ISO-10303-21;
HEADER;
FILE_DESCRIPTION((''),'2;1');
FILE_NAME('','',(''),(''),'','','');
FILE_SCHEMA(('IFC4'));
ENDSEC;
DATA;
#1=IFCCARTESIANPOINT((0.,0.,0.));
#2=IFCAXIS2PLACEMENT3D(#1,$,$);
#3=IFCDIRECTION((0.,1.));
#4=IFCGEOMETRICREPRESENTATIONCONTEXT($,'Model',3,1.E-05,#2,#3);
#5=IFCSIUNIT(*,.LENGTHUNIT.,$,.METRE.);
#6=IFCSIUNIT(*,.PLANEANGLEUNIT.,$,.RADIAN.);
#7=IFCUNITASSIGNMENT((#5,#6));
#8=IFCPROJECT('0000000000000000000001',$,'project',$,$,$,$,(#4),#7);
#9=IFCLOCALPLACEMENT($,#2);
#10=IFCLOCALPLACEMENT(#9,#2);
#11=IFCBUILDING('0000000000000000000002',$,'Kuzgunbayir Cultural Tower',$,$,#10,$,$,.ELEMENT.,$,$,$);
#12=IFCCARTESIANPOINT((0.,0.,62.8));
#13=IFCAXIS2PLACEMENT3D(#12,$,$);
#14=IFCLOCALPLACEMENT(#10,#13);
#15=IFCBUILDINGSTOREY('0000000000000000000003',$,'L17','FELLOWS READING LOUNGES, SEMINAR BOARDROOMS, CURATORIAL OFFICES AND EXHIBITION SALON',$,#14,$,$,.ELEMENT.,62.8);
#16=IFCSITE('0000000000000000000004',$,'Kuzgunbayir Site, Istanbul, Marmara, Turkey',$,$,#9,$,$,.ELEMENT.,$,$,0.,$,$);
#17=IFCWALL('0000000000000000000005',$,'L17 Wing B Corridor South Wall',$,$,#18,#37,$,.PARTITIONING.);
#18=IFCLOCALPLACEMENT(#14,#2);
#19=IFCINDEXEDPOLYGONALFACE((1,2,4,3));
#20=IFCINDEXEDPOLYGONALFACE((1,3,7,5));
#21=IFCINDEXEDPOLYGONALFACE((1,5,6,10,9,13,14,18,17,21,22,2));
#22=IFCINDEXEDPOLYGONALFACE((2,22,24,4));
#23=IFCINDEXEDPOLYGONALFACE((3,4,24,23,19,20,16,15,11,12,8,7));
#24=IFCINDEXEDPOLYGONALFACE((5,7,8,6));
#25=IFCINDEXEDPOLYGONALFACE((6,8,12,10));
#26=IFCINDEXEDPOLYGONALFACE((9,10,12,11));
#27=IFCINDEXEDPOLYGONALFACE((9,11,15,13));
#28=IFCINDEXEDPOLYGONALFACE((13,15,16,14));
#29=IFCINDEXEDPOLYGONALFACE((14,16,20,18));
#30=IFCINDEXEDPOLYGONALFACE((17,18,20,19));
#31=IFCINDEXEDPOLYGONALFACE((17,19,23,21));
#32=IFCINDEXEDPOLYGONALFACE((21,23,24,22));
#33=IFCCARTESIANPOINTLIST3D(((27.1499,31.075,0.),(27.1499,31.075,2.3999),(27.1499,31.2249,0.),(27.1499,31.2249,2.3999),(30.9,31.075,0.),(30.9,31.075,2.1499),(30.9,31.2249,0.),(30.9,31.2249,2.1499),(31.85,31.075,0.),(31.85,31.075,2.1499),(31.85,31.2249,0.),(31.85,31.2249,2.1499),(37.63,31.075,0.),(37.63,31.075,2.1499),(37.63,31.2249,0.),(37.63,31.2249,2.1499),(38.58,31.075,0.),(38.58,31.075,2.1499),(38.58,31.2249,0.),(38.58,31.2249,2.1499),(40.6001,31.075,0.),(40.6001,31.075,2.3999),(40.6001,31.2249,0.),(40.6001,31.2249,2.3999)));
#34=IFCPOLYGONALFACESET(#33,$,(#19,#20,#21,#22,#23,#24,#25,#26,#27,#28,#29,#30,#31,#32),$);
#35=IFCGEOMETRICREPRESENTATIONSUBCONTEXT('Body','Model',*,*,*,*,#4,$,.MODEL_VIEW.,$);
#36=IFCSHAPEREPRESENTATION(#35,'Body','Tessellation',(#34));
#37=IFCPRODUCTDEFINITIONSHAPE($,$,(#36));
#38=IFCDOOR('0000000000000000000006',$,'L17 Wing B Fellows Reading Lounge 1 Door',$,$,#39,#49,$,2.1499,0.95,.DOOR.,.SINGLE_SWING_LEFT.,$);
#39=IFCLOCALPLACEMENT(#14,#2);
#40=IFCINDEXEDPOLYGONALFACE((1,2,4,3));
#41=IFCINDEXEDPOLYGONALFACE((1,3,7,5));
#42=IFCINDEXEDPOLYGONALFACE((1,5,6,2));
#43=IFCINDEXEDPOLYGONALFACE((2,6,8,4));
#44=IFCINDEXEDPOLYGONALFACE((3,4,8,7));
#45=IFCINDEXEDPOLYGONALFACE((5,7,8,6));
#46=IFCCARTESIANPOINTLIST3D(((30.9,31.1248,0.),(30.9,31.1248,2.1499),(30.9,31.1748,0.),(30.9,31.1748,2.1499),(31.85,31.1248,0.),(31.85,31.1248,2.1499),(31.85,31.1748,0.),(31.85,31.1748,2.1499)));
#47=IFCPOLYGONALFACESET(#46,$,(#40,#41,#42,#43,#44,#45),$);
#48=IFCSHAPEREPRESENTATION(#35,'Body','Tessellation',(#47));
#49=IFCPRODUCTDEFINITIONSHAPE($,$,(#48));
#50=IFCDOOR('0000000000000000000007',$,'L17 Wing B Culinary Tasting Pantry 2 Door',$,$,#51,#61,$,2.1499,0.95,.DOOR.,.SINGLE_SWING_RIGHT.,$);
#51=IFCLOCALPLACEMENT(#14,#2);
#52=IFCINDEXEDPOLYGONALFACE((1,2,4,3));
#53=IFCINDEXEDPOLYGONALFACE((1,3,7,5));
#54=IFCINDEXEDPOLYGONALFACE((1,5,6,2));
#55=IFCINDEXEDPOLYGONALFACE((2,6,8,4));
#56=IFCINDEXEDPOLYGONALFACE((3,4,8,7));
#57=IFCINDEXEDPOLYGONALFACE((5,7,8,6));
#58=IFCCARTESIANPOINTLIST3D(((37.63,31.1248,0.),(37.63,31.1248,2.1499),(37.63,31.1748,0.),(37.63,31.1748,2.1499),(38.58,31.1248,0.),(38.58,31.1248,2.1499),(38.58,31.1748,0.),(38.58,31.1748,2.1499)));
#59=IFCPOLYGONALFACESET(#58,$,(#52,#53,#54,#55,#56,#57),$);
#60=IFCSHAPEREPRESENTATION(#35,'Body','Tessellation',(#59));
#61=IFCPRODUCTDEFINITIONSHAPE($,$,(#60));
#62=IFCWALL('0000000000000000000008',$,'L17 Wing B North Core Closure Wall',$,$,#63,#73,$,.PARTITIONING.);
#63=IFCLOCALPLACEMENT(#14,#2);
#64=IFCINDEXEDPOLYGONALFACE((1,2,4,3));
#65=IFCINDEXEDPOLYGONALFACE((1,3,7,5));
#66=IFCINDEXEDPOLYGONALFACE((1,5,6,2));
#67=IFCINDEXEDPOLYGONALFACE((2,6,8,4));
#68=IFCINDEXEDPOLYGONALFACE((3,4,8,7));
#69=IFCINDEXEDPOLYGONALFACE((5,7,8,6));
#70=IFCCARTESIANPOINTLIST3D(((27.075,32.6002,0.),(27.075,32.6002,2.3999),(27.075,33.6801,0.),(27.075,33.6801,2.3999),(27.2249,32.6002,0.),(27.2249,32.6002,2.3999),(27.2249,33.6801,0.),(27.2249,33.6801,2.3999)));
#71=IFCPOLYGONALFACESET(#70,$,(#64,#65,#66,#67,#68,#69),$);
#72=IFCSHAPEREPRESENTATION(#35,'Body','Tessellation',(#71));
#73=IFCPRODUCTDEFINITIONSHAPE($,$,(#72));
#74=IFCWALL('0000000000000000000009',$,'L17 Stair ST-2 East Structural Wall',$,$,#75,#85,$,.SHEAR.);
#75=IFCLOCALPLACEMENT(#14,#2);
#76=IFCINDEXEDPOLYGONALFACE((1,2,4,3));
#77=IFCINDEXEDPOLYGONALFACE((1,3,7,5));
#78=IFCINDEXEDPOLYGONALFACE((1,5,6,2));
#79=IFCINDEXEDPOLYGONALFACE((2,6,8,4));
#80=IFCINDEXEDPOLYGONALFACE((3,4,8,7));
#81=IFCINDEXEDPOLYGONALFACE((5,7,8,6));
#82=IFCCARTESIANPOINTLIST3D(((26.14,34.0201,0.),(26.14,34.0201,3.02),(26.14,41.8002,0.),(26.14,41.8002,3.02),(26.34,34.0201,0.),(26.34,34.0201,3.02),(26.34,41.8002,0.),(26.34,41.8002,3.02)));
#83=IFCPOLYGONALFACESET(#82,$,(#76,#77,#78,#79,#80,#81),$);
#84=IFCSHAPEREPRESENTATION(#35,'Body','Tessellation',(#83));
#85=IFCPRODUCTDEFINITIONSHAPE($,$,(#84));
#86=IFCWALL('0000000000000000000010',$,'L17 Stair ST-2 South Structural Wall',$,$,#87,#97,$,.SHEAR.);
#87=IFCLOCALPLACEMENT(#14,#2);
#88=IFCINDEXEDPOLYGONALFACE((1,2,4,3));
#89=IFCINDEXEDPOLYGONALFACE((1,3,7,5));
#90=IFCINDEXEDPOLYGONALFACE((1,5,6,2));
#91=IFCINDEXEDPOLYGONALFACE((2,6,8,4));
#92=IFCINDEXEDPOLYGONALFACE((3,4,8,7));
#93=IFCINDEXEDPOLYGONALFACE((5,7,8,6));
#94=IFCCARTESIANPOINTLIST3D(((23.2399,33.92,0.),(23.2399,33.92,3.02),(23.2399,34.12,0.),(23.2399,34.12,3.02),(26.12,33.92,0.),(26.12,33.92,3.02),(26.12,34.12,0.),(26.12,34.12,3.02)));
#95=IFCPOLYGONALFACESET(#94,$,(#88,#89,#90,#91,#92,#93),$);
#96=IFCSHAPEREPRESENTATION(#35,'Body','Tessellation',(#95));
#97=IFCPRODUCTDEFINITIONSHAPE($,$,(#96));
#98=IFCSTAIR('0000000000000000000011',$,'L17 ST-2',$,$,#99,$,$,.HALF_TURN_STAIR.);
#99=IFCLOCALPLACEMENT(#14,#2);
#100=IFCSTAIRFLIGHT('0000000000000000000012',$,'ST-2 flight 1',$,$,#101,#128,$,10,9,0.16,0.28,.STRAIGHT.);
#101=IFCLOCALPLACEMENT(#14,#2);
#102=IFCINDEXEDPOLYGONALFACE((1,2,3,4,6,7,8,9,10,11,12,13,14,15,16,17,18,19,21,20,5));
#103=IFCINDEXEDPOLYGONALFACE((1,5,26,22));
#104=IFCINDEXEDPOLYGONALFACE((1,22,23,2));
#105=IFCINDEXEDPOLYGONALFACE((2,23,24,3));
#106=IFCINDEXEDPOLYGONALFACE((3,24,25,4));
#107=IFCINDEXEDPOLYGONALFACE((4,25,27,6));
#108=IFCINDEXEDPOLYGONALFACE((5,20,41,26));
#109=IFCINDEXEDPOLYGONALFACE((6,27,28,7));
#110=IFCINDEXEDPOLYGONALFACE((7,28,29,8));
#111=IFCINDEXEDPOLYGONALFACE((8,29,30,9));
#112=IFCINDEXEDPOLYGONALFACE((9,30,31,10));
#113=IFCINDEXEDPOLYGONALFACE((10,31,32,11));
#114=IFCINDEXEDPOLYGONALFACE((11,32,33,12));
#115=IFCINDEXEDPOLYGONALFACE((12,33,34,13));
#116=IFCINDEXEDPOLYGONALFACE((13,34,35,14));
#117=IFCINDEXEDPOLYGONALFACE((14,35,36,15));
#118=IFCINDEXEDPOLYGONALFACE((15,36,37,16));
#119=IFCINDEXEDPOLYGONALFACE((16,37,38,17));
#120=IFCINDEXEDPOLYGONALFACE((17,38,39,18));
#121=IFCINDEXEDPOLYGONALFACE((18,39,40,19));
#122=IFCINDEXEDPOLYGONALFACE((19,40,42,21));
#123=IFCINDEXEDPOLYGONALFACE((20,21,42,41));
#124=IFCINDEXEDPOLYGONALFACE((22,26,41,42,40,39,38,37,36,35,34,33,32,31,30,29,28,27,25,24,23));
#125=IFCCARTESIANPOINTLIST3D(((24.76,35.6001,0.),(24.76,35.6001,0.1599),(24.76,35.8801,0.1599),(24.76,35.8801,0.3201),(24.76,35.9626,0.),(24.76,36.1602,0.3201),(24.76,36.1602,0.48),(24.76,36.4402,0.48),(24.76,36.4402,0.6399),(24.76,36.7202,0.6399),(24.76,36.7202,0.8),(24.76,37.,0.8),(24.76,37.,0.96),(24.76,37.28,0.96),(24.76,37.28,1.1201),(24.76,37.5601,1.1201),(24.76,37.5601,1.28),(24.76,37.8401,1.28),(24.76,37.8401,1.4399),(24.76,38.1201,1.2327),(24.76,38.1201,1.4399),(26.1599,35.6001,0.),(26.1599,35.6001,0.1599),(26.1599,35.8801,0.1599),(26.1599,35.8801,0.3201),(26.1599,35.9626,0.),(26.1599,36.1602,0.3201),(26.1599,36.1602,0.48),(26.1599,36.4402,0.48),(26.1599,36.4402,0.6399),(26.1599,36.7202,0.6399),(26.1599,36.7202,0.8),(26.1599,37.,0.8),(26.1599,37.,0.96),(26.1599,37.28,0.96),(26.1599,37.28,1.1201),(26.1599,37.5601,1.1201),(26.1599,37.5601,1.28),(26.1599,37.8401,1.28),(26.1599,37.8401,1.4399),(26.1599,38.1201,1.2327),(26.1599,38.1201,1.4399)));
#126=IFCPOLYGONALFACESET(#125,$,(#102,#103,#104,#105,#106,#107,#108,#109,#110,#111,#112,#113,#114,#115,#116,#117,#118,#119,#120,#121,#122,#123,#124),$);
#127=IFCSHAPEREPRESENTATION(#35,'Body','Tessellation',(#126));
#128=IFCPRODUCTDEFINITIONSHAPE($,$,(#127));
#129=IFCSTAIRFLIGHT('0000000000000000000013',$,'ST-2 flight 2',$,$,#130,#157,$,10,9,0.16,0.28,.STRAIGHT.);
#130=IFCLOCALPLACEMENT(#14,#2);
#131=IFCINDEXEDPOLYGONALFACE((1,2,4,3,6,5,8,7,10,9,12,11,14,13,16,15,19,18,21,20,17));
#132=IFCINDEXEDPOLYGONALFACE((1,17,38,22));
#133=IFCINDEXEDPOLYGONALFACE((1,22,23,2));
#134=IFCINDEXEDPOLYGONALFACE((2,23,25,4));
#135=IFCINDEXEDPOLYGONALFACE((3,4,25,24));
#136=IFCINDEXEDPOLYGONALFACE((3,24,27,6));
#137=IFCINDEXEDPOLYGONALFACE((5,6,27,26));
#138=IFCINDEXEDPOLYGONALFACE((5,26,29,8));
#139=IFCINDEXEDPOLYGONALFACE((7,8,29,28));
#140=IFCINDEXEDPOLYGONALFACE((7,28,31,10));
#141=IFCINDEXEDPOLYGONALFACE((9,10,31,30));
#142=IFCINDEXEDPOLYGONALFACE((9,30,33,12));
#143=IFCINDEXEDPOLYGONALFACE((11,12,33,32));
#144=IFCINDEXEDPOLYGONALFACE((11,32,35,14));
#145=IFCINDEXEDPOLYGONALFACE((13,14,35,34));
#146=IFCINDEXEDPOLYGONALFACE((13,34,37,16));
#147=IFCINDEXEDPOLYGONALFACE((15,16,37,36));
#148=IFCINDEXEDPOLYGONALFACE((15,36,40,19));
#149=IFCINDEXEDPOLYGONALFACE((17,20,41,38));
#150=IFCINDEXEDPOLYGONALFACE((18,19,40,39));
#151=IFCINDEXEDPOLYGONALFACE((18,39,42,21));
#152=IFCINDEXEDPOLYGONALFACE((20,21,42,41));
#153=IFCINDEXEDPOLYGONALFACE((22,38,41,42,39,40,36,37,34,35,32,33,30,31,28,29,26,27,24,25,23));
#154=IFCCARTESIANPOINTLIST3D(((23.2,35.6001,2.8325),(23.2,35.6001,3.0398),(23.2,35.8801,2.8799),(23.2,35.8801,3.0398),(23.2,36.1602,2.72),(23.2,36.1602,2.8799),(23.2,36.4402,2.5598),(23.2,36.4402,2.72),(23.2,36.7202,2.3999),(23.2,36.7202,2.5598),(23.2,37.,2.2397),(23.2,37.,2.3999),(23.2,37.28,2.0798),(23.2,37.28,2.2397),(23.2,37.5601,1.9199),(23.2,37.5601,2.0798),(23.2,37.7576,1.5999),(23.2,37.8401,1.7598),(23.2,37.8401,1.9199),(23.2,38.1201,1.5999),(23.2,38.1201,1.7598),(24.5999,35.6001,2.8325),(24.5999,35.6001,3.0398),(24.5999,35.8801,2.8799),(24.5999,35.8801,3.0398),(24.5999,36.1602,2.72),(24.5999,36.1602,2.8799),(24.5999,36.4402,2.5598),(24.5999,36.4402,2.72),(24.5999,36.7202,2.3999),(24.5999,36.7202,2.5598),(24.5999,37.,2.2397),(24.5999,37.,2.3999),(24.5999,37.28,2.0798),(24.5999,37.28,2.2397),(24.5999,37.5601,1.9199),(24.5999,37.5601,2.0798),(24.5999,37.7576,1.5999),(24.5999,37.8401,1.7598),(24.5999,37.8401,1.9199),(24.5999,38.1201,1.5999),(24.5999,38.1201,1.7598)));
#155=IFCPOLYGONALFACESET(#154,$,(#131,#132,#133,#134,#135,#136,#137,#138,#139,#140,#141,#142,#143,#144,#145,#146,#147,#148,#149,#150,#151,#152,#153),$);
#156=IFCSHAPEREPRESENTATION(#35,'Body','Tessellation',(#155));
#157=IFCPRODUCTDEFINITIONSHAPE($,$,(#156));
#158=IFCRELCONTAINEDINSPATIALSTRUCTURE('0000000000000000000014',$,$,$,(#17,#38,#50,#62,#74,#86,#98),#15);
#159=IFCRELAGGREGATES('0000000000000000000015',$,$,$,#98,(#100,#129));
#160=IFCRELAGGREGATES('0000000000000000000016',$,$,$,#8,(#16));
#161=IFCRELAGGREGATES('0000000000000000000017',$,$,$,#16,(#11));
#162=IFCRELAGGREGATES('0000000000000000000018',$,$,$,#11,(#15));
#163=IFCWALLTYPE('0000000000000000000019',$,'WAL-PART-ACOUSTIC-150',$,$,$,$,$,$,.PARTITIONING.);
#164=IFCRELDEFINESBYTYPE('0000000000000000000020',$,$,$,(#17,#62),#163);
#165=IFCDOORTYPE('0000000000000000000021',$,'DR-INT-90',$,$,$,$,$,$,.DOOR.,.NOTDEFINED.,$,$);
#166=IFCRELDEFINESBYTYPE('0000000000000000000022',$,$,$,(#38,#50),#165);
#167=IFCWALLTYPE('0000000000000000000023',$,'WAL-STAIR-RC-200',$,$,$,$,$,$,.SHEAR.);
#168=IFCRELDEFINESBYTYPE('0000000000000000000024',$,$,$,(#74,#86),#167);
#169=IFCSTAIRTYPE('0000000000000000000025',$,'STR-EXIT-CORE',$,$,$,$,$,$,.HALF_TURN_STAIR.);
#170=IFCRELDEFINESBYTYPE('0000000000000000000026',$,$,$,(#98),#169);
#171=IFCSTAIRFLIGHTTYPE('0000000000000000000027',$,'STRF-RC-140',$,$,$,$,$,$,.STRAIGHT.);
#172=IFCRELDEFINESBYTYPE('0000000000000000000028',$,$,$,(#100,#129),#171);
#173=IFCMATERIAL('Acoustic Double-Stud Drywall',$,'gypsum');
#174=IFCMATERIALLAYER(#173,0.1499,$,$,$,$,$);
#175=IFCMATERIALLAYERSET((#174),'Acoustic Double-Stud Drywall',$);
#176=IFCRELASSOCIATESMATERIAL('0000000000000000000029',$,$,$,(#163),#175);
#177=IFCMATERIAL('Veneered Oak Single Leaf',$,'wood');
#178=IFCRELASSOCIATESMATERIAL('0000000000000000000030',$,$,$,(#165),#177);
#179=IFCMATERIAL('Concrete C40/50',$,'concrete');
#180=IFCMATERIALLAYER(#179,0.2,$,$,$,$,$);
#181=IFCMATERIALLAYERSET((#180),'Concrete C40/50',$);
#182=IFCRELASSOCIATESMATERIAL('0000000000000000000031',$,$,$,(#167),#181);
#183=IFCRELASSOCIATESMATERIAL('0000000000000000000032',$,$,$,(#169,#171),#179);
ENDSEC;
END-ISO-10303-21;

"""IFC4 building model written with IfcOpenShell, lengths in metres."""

from ifc_helpers import new_model, si_unit, direction, frame, frame_2d, origin, place, context, subcontext, project, spatial, polyline, rectangle, outline, extrude, material, layer, layer_set, type_object, element, fill, aggregate, save


model = new_model("IFC4")

# Units and contexts
model_context = context("Model", 3, precision=1e-05, world=origin(), true_north=direction((0.0, 1.0)))
body_context = subcontext(model_context, "Body", "Model", "MODEL_VIEW")
ifc_project = project(units=[si_unit("LENGTHUNIT", "METRE"), si_unit("PLANEANGLEUNIT", "RADIAN")], contexts=[model_context])

# Site, building, storey
site_placement = place(None, origin())
site = spatial("IfcSite", under=ifc_project, at=site_placement, Name="Kuzgunbayir Site, Istanbul, Marmara, Turkey", CompositionType="ELEMENT", RefElevation=0.0)
building_placement = place(site_placement, origin())
building = spatial("IfcBuilding", under=site, at=building_placement, Name="Kuzgunbayir Cultural Tower", CompositionType="ELEMENT")
storey_placement = place(building_placement, frame((0.0, 0.0, 62.8)))
storey = spatial("IfcBuildingStorey", under=building, at=storey_placement, Name="L17", Description="FELLOWS READING LOUNGES, SEMINAR BOARDROOMS, CURATORIAL OFFICES AND EXHIBITION SALON", CompositionType="ELEMENT", Elevation=62.8)

# Wall, openings, doors
ifc_material_1 = material(Name="Acoustic Double-Stud Drywall", Category="gypsum")
ifc_layer_1 = layer(ifc_material_1, 0.1499)
ifc_layer_set_1 = layer_set([ifc_layer_1], Name="Acoustic Double-Stud Drywall")
wall_type_1 = type_object("IfcWallType", Name="WAL-PART-ACOUSTIC-150", PredefinedType="PARTITIONING", material=ifc_layer_set_1)
wall_1_placement = place(storey_placement, frame((27.1499, 31.1499, 0.0), z_axis=(0.0, 0.0, 1.0), x_axis=(1.0, 0.0, 0.0)))
wall_1 = element("IfcWall", 1, at=wall_1_placement, inside=storey, type_object=wall_type_1, Name="L17 Wing B Corridor South Wall", PredefinedType="PARTITIONING", context=body_context, shape_type="SweptSolid", body=[
    extrude(rectangle(XDim=13.4502, YDim=0.1499, at=frame_2d((6.7251, 0.0))), origin(), (0.0, 0.0, 1.0), 2.3999),
])
opening_1_placement = place(wall_1_placement, frame((3.75, 0.0, 0.0)))
opening_1 = element("IfcOpeningElement", 2, at=opening_1_placement, cuts=wall_1, PredefinedType="OPENING", context=body_context, shape_type="SweptSolid", body=[
    extrude(rectangle(XDim=0.95, YDim=2.1499, at=frame_2d((0.4751, 1.075))), frame((0.0, 0.085, 0.0), z_axis=(0.0, -1.0, 0.0), x_axis=(1.0, 0.0, 0.0)), (0.0, 0.0, 1.0), 0.1699),
])
opening_2_placement = place(wall_1_placement, frame((10.48, 0.0, 0.0)))
opening_2 = element("IfcOpeningElement", 3, at=opening_2_placement, cuts=wall_1, PredefinedType="OPENING", context=body_context, shape_type="SweptSolid", body=[
    extrude(rectangle(XDim=0.95, YDim=2.1499, at=frame_2d((0.4751, 1.075))), frame((0.0, 0.085, 0.0), z_axis=(0.0, -1.0, 0.0), x_axis=(1.0, 0.0, 0.0)), (0.0, 0.0, 1.0), 0.1699),
])
ifc_material_2 = material(Name="Veneered Oak Single Leaf", Category="wood")
door_type = type_object("IfcDoorType", Name="DR-INT-90", OperationType="NOTDEFINED", PredefinedType="DOOR", material=ifc_material_2)
door_1_placement = place(opening_1_placement, origin())
door_1 = element("IfcDoor", 4, at=door_1_placement, inside=storey, type_object=door_type, Name="L17 Wing B Fellows Reading Lounge 1 Door", OperationType="SINGLE_SWING_LEFT", OverallHeight=2.1499, OverallWidth=0.95, PredefinedType="DOOR", context=body_context, shape_type="SweptSolid", body=[
    extrude(rectangle(XDim=0.95, YDim=2.1499, at=frame_2d((0.4751, 1.075))), frame((0.0, 0.0249, 0.0), z_axis=(0.0, -1.0, 0.0), x_axis=(1.0, 0.0, 0.0)), (0.0, 0.0, 1.0), 0.05),
])
fill(opening_1, door_1)
door_2_placement = place(opening_2_placement, origin())
door_2 = element("IfcDoor", 5, at=door_2_placement, inside=storey, type_object=door_type, Name="L17 Wing B Culinary Tasting Pantry 2 Door", OperationType="SINGLE_SWING_RIGHT", OverallHeight=2.1499, OverallWidth=0.95, PredefinedType="DOOR", context=body_context, shape_type="SweptSolid", body=[
    extrude(rectangle(XDim=0.95, YDim=2.1499, at=frame_2d((0.4751, 1.075))), frame((0.0, 0.0249, 0.0), z_axis=(0.0, -1.0, 0.0), x_axis=(1.0, 0.0, 0.0)), (0.0, 0.0, 1.0), 0.05),
])
fill(opening_2, door_2)

# Walls
wall_2_placement = place(storey_placement, frame((27.1499, 32.6001, 0.0), z_axis=(0.0, 0.0, 1.0), x_axis=(0.0, 1.0, 0.0)))
element("IfcWall", 6, at=wall_2_placement, inside=storey, type_object=wall_type_1, Name="L17 Wing B North Core Closure Wall", PredefinedType="PARTITIONING", context=body_context, shape_type="SweptSolid", body=[
    extrude(rectangle(XDim=1.0798, YDim=0.1499, at=frame_2d((0.54, 0.0))), origin(), (0.0, 0.0, 1.0), 2.3999),
])
ifc_material_3 = material(Name="Concrete C40/50", Category="concrete")
ifc_layer_2 = layer(ifc_material_3, 0.2)
ifc_layer_set_2 = layer_set([ifc_layer_2], Name="Concrete C40/50")
wall_type_2 = type_object("IfcWallType", Name="WAL-STAIR-RC-200", PredefinedType="SHEAR", material=ifc_layer_set_2)
wall_3_placement = place(storey_placement, frame((26.24, 34.02, 0.0), z_axis=(0.0, 0.0, 1.0), x_axis=(0.0, 1.0, 0.0)))
element("IfcWall", 7, at=wall_3_placement, inside=storey, type_object=wall_type_2, Name="L17 Stair ST-2 East Structural Wall", PredefinedType="SHEAR", context=body_context, shape_type="SweptSolid", body=[
    extrude(rectangle(XDim=7.78, YDim=0.2, at=frame_2d((3.8901, 0.0))), origin(), (0.0, 0.0, 1.0), 3.02),
])
wall_4_placement = place(storey_placement, frame((23.24, 34.02, 0.0), z_axis=(0.0, 0.0, 1.0), x_axis=(1.0, 0.0, 0.0)))
element("IfcWall", 8, at=wall_4_placement, inside=storey, type_object=wall_type_2, Name="L17 Stair ST-2 South Structural Wall", PredefinedType="SHEAR", context=body_context, shape_type="SweptSolid", body=[
    extrude(rectangle(XDim=2.8801, YDim=0.2, at=frame_2d((1.4399, 0.0))), origin(), (0.0, 0.0, 1.0), 3.02),
])

# Stair, stair flights
stair_type = type_object("IfcStairType", Name="STR-EXIT-CORE", PredefinedType="HALF_TURN_STAIR", material=ifc_material_3)
stair_placement = place(storey_placement, origin())
stair = element("IfcStair", 9, at=stair_placement, inside=storey, type_object=stair_type, Name="L17 ST-2", PredefinedType="HALF_TURN_STAIR")
stair_flight_type = type_object("IfcStairFlightType", Name="STRF-RC-140", PredefinedType="STRAIGHT", material=ifc_material_3)
stair_flight_1_placement = place(storey_placement, frame((25.46, 35.6001, 0.0), z_axis=(0.0, 0.0, 1.0), x_axis=(0.0, 1.0, 0.0)))
stair_flight_1 = element("IfcStairFlight", 10, at=stair_flight_1_placement, type_object=stair_flight_type, Name="ST-2 flight 1", NumberOfRisers=10, NumberOfTreads=9, PredefinedType="STRAIGHT", RiserHeight=0.16, TreadLength=0.28, context=body_context, shape_type="SweptSolid", body=[
    extrude(outline(polyline([(0.0, 0.0), (0.0, 0.1599), (0.28, 0.1599), (0.28, 0.3201), (0.5601, 0.3201), (0.5601, 0.48), (0.8401, 0.48), (0.8401, 0.6399), (1.1201, 0.6399), (1.1201, 0.8), (1.3999, 0.8), (1.3999, 0.96), (1.6799, 0.96), (1.6799, 1.1201), (1.96, 1.1201), (1.96, 1.28), (2.24, 1.28), (2.24, 1.4399), (2.52, 1.4399), (2.52, 1.6001), (2.52, 1.2327), (0.3625, 0.0), (0.0, 0.0)])), frame((0.0, 0.7, 0.0), z_axis=(0.0, -1.0, 0.0), x_axis=(1.0, 0.0, 0.0)), (0.0, 0.0, 1.0), 1.3999),
])
stair_flight_2_placement = place(storey_placement, frame((23.8999, 38.1201, 1.5999), z_axis=(0.0, 0.0, 1.0), x_axis=(0.0, -1.0, 0.0)))
stair_flight_2 = element("IfcStairFlight", 11, at=stair_flight_2_placement, type_object=stair_flight_type, Name="ST-2 flight 2", NumberOfRisers=10, NumberOfTreads=9, PredefinedType="STRAIGHT", RiserHeight=0.16, TreadLength=0.28, context=body_context, shape_type="SweptSolid", body=[
    extrude(outline(polyline([(0.0, 0.0), (0.0, 0.1599), (0.28, 0.1599), (0.28, 0.3201), (0.5601, 0.3201), (0.5601, 0.48), (0.8401, 0.48), (0.8401, 0.6399), (1.1201, 0.6399), (1.1201, 0.8), (1.3999, 0.8), (1.3999, 0.96), (1.6799, 0.96), (1.6799, 1.1201), (1.96, 1.1201), (1.96, 1.28), (2.24, 1.28), (2.24, 1.4399), (2.52, 1.4399), (2.52, 1.6001), (2.52, 1.2327), (0.3625, 0.0), (0.0, 0.0)])), frame((0.0, 0.7, 0.0), z_axis=(0.0, -1.0, 0.0), x_axis=(1.0, 0.0, 0.0)), (0.0, 0.0, 1.0), 1.3999),
])
aggregate(stair, [stair_flight_1, stair_flight_2])

save(model, "model.ifc")
